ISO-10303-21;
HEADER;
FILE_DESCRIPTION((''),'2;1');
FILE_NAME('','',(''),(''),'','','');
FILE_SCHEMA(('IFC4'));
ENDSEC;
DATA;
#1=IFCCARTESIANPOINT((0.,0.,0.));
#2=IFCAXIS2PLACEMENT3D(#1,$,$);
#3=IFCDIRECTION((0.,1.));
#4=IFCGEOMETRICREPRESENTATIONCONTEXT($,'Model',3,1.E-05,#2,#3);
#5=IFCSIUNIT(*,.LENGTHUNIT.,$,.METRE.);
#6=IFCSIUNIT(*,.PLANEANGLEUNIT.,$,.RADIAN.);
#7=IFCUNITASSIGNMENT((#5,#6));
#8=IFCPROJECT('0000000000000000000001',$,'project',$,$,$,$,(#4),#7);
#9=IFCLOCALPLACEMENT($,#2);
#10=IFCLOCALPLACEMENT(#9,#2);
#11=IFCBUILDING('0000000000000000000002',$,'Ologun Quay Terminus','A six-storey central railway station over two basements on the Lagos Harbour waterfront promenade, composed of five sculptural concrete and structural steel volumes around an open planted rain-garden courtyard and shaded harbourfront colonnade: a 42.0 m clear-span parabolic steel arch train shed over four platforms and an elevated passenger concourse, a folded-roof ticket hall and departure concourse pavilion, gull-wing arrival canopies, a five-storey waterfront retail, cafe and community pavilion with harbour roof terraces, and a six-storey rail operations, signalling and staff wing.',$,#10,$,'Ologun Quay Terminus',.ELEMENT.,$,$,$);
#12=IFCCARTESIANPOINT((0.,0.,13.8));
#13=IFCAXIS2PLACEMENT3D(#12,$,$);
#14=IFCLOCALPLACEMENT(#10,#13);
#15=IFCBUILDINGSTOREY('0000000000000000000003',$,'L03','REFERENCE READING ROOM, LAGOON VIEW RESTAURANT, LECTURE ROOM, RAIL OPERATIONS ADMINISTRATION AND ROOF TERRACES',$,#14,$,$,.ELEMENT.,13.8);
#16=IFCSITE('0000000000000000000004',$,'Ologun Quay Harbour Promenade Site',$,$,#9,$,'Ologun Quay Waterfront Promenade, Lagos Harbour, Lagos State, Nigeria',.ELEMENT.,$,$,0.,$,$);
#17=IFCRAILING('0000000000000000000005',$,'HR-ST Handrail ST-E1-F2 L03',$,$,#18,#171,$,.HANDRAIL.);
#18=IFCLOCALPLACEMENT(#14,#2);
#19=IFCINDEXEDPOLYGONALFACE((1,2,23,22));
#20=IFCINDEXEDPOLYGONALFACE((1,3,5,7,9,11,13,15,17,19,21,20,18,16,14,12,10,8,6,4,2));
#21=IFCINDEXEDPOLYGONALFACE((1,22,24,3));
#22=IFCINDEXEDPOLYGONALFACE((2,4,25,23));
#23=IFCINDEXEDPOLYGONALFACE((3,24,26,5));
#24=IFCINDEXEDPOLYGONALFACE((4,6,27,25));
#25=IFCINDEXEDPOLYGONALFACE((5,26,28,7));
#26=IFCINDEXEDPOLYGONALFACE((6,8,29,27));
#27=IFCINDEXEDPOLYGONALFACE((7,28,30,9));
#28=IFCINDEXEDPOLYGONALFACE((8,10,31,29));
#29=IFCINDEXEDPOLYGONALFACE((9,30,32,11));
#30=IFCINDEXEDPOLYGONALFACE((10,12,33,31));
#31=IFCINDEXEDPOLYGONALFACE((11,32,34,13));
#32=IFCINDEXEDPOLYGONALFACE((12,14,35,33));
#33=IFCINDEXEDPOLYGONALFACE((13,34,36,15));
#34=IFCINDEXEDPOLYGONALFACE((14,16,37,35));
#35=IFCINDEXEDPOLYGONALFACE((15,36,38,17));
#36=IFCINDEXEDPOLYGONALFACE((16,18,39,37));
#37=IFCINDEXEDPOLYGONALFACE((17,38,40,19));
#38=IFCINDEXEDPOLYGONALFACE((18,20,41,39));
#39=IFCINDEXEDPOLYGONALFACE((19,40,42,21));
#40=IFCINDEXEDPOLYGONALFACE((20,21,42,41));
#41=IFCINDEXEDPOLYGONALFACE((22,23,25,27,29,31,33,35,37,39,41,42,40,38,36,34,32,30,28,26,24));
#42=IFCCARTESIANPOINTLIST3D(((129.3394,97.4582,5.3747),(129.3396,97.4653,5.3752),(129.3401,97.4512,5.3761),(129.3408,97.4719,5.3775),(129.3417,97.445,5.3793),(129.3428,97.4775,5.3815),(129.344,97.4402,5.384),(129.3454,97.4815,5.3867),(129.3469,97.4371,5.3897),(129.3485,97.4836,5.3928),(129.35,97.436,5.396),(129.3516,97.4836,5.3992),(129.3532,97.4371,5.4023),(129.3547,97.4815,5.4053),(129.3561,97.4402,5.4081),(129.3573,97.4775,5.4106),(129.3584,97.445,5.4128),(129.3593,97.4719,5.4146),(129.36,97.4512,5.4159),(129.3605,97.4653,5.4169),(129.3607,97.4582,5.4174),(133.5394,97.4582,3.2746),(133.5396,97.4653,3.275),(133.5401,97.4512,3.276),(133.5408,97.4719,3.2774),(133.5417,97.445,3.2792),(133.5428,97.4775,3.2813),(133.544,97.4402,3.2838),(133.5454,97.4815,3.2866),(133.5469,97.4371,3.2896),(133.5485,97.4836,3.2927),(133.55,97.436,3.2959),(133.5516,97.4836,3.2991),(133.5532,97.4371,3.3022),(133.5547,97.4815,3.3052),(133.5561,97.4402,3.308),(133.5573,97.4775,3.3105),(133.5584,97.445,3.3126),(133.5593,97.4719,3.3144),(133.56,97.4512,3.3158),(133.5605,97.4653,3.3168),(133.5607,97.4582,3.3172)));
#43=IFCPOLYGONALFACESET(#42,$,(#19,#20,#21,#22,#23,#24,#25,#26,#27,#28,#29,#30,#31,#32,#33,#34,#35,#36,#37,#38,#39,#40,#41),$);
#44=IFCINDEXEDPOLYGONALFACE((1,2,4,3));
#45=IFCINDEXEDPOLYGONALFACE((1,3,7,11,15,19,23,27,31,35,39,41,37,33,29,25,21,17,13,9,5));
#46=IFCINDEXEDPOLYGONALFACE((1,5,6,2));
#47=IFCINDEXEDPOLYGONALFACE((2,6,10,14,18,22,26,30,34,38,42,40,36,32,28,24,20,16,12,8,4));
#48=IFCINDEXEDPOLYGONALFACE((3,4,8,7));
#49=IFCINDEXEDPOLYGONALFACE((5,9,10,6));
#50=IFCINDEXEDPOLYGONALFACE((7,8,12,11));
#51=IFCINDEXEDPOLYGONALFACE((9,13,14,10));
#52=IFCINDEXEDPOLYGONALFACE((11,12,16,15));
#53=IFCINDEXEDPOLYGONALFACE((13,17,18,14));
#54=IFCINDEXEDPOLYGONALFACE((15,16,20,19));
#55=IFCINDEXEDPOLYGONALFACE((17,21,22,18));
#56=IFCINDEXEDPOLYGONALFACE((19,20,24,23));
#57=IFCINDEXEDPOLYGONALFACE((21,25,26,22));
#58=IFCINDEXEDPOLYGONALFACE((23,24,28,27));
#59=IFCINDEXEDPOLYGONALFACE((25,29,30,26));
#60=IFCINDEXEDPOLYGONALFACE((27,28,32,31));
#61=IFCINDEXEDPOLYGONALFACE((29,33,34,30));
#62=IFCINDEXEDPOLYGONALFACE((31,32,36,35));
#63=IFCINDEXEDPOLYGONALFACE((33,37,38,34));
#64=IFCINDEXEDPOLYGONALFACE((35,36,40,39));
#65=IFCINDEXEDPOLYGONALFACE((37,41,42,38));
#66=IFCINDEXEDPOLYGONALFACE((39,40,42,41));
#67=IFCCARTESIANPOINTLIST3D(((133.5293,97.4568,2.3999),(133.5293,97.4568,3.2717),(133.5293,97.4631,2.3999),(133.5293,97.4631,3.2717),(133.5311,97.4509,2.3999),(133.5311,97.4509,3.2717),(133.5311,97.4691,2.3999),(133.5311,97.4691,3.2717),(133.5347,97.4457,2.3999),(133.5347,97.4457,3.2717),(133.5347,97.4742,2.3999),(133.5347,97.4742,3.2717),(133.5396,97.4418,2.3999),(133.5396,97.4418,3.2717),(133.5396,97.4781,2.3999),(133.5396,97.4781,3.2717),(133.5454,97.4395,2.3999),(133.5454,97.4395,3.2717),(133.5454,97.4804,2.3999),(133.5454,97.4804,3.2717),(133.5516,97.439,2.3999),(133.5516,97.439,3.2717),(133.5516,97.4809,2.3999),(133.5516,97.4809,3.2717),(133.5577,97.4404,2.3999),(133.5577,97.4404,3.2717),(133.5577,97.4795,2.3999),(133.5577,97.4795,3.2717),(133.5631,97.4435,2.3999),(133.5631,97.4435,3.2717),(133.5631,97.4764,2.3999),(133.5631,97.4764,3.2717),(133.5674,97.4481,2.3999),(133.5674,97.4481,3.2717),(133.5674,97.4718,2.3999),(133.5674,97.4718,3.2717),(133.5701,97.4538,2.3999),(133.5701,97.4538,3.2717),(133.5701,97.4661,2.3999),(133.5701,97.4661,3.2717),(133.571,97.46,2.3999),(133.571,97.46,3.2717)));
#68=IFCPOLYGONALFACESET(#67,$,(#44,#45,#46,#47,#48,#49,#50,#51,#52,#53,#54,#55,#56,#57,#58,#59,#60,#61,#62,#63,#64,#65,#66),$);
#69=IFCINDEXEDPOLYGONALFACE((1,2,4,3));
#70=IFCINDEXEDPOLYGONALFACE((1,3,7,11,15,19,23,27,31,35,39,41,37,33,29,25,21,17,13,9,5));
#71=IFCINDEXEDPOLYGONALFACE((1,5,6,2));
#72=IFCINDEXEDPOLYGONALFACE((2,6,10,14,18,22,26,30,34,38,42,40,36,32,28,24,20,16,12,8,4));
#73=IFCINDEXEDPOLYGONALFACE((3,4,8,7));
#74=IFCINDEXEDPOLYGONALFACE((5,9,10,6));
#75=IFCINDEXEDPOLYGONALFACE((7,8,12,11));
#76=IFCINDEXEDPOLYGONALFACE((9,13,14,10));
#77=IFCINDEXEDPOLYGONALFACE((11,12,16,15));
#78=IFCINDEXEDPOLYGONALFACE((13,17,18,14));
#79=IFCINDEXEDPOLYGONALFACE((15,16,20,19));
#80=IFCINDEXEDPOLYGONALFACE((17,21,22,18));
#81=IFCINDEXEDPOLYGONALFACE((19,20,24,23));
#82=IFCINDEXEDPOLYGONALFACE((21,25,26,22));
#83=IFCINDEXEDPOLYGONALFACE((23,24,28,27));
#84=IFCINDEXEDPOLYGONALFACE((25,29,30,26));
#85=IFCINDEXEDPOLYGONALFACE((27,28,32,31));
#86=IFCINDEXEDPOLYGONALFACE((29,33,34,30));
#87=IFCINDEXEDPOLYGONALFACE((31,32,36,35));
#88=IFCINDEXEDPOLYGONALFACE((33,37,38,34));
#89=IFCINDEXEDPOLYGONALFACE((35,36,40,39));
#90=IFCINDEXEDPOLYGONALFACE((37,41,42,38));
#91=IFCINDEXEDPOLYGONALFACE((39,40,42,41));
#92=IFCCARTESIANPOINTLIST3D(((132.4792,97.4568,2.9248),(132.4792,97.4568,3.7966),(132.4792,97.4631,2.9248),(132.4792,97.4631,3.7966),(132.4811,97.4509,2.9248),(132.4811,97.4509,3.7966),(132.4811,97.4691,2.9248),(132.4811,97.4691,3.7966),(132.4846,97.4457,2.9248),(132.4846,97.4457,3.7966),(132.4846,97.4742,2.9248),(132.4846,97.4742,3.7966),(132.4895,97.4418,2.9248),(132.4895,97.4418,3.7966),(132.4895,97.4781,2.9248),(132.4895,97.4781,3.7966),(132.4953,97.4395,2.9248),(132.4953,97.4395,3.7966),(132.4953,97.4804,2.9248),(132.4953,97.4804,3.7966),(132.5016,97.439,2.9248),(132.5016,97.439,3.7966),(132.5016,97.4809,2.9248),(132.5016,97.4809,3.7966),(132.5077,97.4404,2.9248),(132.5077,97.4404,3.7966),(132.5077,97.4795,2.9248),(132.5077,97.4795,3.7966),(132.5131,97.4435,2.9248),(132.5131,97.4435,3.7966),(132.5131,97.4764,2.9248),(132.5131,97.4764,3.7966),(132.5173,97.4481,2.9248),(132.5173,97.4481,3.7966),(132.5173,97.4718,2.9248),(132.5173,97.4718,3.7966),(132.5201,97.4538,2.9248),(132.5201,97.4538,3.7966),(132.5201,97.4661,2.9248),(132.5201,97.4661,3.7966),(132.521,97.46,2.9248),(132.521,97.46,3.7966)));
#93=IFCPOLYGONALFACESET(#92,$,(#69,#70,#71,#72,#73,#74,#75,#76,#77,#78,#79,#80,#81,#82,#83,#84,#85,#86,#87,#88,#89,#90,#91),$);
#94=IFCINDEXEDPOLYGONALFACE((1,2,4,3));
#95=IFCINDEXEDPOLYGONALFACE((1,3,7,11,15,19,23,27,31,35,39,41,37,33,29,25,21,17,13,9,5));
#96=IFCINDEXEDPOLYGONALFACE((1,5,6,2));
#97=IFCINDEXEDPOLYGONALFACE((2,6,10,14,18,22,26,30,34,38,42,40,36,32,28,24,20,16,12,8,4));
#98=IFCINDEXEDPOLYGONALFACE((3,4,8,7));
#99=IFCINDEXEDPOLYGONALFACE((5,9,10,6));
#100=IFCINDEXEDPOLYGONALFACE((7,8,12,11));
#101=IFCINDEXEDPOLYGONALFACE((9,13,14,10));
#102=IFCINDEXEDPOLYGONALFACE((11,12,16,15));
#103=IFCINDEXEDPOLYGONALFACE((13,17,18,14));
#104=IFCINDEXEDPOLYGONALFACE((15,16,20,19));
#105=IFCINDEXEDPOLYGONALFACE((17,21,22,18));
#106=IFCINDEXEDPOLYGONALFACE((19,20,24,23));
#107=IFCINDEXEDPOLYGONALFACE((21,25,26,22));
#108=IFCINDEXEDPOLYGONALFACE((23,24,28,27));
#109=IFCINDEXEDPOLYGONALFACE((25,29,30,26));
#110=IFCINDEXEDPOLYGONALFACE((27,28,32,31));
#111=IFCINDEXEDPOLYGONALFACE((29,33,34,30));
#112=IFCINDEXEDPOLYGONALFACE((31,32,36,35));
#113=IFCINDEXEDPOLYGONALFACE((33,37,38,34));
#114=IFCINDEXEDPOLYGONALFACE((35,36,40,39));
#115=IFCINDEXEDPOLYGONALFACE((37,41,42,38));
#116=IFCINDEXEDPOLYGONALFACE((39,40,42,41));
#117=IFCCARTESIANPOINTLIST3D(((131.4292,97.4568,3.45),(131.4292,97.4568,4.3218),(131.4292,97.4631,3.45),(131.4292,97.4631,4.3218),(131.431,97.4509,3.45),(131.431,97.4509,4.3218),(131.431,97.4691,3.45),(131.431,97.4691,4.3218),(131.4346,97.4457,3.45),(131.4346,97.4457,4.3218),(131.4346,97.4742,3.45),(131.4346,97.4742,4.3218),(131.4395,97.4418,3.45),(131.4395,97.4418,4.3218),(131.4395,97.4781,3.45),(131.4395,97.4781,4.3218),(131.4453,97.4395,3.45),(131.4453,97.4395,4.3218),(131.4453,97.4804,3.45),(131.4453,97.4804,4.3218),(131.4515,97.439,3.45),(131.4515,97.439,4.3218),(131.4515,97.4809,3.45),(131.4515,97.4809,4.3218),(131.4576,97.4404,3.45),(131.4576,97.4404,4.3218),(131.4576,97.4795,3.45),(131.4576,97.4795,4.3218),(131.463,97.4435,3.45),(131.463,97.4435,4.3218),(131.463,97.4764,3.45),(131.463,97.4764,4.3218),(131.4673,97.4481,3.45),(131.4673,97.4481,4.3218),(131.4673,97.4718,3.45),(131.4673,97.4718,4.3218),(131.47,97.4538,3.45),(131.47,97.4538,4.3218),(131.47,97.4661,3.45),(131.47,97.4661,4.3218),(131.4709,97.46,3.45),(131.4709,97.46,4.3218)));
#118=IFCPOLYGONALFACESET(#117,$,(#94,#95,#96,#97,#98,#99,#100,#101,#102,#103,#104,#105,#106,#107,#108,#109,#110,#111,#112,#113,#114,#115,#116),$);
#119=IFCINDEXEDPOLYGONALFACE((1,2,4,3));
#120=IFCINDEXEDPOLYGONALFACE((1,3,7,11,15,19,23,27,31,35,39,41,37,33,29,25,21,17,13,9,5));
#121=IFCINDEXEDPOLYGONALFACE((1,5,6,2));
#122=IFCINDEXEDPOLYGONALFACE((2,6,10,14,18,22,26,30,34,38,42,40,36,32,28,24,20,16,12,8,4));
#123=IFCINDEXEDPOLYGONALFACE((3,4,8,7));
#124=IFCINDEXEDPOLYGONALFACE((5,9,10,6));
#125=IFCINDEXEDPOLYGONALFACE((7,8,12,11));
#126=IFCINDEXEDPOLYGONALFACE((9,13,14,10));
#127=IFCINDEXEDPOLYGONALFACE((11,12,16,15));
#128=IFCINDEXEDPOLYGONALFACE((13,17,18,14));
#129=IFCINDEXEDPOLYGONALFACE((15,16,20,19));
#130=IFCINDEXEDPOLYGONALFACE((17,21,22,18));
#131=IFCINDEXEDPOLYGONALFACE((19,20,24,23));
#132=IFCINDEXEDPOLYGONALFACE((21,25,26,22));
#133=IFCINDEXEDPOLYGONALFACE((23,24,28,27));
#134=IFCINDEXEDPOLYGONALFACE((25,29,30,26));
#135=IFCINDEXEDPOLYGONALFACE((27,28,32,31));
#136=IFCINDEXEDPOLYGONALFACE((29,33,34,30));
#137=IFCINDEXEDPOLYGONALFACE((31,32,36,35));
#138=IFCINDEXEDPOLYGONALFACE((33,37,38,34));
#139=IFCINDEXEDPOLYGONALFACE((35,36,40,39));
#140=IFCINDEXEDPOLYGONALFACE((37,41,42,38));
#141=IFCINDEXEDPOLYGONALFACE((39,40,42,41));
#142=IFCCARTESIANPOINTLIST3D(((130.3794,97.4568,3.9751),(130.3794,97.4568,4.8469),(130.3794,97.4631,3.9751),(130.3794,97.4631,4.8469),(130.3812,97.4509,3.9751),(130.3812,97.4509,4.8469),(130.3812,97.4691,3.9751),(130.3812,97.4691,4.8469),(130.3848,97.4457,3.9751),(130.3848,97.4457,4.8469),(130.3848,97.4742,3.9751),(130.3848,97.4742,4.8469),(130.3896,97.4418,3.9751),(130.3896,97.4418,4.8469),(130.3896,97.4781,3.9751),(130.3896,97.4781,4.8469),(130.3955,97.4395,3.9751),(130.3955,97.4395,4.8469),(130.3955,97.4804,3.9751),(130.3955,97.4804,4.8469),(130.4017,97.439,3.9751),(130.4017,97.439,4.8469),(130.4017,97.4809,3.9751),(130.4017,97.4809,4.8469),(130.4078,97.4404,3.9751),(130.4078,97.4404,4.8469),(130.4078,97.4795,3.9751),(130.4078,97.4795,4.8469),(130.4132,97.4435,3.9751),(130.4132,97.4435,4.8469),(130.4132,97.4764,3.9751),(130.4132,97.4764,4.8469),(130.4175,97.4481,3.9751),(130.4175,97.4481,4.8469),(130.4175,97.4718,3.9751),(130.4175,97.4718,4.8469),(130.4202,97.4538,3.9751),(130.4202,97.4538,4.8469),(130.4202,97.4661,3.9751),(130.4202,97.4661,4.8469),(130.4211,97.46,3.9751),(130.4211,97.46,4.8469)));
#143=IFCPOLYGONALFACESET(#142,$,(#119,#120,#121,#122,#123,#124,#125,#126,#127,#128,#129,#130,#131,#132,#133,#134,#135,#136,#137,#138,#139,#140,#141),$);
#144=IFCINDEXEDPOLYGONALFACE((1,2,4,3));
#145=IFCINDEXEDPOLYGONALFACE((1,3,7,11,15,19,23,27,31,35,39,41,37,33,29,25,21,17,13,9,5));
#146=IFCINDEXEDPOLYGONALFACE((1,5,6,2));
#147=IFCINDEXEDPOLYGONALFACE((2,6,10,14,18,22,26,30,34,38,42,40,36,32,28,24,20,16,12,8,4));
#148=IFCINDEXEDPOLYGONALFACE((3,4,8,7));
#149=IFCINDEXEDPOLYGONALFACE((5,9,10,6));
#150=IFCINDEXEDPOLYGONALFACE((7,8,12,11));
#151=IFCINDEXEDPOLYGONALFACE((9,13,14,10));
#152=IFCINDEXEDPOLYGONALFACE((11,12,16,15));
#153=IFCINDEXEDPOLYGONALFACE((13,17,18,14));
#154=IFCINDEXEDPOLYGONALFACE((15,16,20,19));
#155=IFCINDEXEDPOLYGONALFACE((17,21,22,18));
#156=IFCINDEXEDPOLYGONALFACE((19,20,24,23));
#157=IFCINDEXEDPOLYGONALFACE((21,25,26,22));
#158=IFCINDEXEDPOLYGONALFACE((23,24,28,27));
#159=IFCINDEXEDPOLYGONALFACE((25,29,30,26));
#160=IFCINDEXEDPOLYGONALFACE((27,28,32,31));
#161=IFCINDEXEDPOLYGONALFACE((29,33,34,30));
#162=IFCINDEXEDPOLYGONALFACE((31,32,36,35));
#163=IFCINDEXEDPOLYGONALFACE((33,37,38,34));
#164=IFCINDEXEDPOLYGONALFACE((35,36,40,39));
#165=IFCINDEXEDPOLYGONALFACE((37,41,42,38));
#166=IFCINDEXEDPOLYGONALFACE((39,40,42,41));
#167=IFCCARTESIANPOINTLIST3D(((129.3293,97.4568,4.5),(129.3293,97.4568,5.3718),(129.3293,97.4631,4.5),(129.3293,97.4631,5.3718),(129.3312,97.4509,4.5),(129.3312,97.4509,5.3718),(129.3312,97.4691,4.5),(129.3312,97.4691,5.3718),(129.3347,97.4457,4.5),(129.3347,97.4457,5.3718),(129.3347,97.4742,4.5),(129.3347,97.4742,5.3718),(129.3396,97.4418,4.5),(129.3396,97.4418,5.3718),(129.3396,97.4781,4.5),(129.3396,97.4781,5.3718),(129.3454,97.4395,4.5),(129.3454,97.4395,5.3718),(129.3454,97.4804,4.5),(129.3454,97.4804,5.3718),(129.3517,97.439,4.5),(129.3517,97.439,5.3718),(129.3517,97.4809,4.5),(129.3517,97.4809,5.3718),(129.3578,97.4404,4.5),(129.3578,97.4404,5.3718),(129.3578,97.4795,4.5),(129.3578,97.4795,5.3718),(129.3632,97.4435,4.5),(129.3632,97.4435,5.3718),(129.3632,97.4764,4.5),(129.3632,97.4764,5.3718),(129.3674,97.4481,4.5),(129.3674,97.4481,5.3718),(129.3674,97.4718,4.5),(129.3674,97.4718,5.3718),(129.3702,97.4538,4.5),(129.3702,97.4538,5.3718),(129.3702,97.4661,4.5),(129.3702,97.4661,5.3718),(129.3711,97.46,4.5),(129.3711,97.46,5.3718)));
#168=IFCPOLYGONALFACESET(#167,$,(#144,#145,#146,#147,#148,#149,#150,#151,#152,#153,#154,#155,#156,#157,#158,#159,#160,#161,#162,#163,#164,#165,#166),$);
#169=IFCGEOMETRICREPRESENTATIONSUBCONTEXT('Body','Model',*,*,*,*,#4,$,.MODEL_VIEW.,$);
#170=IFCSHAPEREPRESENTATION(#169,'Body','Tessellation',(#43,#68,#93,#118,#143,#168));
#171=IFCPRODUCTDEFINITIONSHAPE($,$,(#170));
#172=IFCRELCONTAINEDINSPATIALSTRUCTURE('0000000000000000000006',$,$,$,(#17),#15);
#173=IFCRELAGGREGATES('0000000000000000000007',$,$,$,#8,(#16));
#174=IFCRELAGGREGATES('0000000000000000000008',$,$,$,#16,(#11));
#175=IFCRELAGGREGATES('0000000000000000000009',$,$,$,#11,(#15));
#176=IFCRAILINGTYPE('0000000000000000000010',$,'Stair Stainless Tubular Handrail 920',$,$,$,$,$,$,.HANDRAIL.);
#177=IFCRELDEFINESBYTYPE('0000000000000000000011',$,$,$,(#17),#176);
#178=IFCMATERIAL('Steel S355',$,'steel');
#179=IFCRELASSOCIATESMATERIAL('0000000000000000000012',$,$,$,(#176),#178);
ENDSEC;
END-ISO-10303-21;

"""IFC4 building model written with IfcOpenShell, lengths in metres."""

from ifc_helpers import new_model, si_unit, direction, frame, origin, origin_2d, place, context, subcontext, project, spatial, circle, extrude, material, type_object, element, save


model = new_model("IFC4")

# Units and contexts
model_context = context("Model", 3, precision=1e-05, world=origin(), true_north=direction((0.0, 1.0)))
body_context = subcontext(model_context, "Body", "Model", "MODEL_VIEW")
ifc_project = project(units=[si_unit("LENGTHUNIT", "METRE"), si_unit("PLANEANGLEUNIT", "RADIAN")], contexts=[model_context])

# Site, building, storey
site_placement = place(None, origin())
site = spatial("IfcSite", under=ifc_project, at=site_placement, Name="Ologun Quay Harbour Promenade Site", LongName="Ologun Quay Waterfront Promenade, Lagos Harbour, Lagos State, Nigeria", CompositionType="ELEMENT", RefElevation=0.0)
building_placement = place(site_placement, origin())
building = spatial("IfcBuilding", under=site, at=building_placement, Name="Ologun Quay Terminus", Description="A six-storey central railway station over two basements on the Lagos Harbour waterfront promenade, composed of five sculptural concrete and structural steel volumes around an open planted rain-garden courtyard and shaded harbourfront colonnade: a 42.0 m clear-span parabolic steel arch train shed over four platforms and an elevated passenger concourse, a folded-roof ticket hall and departure concourse pavilion, gull-wing arrival canopies, a five-storey waterfront retail, cafe and community pavilion with harbour roof terraces, and a six-storey rail operations, signalling and staff wing.", LongName="Ologun Quay Terminus", CompositionType="ELEMENT")
storey_placement = place(building_placement, frame((0.0, 0.0, 13.8)))
storey = spatial("IfcBuildingStorey", under=building, at=storey_placement, Name="L03", Description="REFERENCE READING ROOM, LAGOON VIEW RESTAURANT, LECTURE ROOM, RAIL OPERATIONS ADMINISTRATION AND ROOF TERRACES", CompositionType="ELEMENT", Elevation=13.8)

# Railing
ifc_material_1 = material(Name="Steel S355", Category="steel")
railing_type_1 = type_object("IfcRailingType", Name="Stair Stainless Tubular Handrail 920", PredefinedType="HANDRAIL", material=ifc_material_1)
railing_1_placement = place(storey_placement, frame((133.55, 97.46, 2.3999)))
element("IfcRailing", 1, at=railing_1_placement, inside=storey, type_object=railing_type_1, Name="HR-ST Handrail ST-E1-F2 L03", PredefinedType="HANDRAIL", context=body_context, shape_type="SweptSolid", body=[
    extrude(circle(Radius=0.0239, at=origin_2d()), frame((0.0, 0.0, 0.896), z_axis=(-0.894417, 0.0, 0.447234), x_axis=(0.0, -1.0, 0.0)), (0.0, 0.0, 1.0), 4.6958),
    extrude(circle(Radius=0.021, at=origin_2d()), origin(), (0.0, 0.0, 1.0), 0.8718),
    extrude(circle(Radius=0.021, at=origin_2d()), frame((-1.05, 0.0, 0.5249)), (0.0, 0.0, 1.0), 0.8718),
    extrude(circle(Radius=0.021, at=origin_2d()), frame((-2.1001, 0.0, 1.05)), (0.0, 0.0, 1.0), 0.8718),
    extrude(circle(Radius=0.021, at=origin_2d()), frame((-3.1499, 0.0, 1.5752)), (0.0, 0.0, 1.0), 0.8718),
    extrude(circle(Radius=0.021, at=origin_2d()), frame((-4.2, 0.0, 2.1001)), (0.0, 0.0, 1.0), 0.8718),
])

save(model, "model.ifc")
